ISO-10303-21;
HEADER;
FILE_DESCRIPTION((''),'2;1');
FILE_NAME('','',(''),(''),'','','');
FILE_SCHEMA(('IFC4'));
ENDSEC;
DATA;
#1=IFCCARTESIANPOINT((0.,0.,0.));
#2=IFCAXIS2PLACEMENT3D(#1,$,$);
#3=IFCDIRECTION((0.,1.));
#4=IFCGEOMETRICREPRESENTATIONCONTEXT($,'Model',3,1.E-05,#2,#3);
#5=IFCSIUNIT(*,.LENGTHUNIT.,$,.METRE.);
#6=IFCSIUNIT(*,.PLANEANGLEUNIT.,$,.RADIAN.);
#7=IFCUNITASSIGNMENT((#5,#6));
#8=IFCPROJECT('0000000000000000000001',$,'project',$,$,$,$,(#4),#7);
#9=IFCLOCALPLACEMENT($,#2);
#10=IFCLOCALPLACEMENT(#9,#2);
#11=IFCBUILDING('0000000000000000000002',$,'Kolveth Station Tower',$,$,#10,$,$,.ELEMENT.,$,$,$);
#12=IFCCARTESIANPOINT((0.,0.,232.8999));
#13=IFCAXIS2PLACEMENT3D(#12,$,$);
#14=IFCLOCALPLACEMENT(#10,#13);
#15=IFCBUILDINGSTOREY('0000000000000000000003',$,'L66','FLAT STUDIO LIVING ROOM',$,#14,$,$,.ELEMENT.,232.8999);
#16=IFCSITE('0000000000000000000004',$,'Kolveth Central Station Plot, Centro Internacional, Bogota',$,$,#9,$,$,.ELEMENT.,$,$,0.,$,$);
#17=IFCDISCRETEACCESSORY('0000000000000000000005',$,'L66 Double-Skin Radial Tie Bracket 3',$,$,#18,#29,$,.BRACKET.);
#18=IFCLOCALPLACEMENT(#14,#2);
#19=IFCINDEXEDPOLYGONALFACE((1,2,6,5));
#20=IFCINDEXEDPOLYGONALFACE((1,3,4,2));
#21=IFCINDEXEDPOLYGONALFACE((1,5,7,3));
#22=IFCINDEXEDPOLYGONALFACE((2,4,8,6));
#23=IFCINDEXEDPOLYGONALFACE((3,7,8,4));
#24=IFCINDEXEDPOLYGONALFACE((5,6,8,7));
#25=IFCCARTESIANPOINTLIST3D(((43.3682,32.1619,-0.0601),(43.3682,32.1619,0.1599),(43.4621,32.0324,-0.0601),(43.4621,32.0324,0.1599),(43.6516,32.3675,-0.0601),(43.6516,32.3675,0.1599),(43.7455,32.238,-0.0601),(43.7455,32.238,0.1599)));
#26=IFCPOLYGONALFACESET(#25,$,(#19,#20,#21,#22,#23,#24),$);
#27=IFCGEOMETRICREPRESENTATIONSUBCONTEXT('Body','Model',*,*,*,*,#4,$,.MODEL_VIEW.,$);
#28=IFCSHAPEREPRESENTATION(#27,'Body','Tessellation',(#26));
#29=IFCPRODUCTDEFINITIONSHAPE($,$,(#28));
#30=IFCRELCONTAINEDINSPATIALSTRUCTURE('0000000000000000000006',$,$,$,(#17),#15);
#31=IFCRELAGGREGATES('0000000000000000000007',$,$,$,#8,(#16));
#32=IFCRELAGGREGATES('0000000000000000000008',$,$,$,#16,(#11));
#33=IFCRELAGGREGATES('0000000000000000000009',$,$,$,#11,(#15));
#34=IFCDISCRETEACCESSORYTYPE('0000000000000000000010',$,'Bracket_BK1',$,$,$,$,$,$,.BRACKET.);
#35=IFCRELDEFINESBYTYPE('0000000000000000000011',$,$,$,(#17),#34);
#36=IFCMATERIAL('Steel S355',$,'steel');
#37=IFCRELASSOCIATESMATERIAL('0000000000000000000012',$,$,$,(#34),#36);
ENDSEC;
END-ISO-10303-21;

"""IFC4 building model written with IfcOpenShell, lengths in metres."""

from ifc_helpers import new_model, si_unit, direction, frame, origin, origin_2d, place, context, subcontext, project, spatial, rectangle, extrude, source, transform, mapped, material, type_object, element, save


model = new_model("IFC4")

# Units and contexts
model_context = context("Model", 3, precision=1e-05, world=origin(), true_north=direction((0.0, 1.0)))
body_context = subcontext(model_context, "Body", "Model", "MODEL_VIEW")
ifc_project = project(units=[si_unit("LENGTHUNIT", "METRE"), si_unit("PLANEANGLEUNIT", "RADIAN")], contexts=[model_context])

# Site, building, storey
site_placement = place(None, origin())
site = spatial("IfcSite", under=ifc_project, at=site_placement, Name="Kolveth Central Station Plot, Centro Internacional, Bogota", CompositionType="ELEMENT", RefElevation=0.0)
building_placement = place(site_placement, origin())
building = spatial("IfcBuilding", under=site, at=building_placement, Name="Kolveth Station Tower", CompositionType="ELEMENT")
storey_placement = place(building_placement, frame((0.0, 0.0, 232.8999)))
storey = spatial("IfcBuildingStorey", under=building, at=storey_placement, Name="L66", Description="FLAT STUDIO LIVING ROOM", CompositionType="ELEMENT", Elevation=232.8999)

# Shared definitions
ifc_material_1 = material(Name="Steel S355", Category="steel")

# Discrete accessory
discrete_accessory_type = type_object("IfcDiscreteAccessoryType", Name="Bracket_BK1", PredefinedType="BRACKET", material=ifc_material_1)
shared_shape_1 = source(origin(), body_context, "Body", "SweptSolid", [
    extrude(rectangle(XDim=0.3501, YDim=0.1599, at=origin_2d()), origin(), (0.0, 0.0, 1.0), 0.22),
])
discrete_accessory_placement = place(storey_placement, frame((43.5569, 32.2, -0.0601), z_axis=(0.0, 0.0, 1.0), x_axis=(0.809427, 0.58722, 0.0)))
element("IfcDiscreteAccessory", 1, at=discrete_accessory_placement, inside=storey, type_object=discrete_accessory_type, Name="L66 Double-Skin Radial Tie Bracket 3", PredefinedType="BRACKET", context=body_context, shape_type="MappedRepresentation", body=[
    mapped(shared_shape_1, transform((0.0, 0.0, 0.0), x_axis=(1.0, 0.0, 0.0), y_axis=(0.0, 1.0, 0.0), z_axis=(0.0, 0.0, 1.0), scale=1.0)),
])

save(model, "model.ifc")
